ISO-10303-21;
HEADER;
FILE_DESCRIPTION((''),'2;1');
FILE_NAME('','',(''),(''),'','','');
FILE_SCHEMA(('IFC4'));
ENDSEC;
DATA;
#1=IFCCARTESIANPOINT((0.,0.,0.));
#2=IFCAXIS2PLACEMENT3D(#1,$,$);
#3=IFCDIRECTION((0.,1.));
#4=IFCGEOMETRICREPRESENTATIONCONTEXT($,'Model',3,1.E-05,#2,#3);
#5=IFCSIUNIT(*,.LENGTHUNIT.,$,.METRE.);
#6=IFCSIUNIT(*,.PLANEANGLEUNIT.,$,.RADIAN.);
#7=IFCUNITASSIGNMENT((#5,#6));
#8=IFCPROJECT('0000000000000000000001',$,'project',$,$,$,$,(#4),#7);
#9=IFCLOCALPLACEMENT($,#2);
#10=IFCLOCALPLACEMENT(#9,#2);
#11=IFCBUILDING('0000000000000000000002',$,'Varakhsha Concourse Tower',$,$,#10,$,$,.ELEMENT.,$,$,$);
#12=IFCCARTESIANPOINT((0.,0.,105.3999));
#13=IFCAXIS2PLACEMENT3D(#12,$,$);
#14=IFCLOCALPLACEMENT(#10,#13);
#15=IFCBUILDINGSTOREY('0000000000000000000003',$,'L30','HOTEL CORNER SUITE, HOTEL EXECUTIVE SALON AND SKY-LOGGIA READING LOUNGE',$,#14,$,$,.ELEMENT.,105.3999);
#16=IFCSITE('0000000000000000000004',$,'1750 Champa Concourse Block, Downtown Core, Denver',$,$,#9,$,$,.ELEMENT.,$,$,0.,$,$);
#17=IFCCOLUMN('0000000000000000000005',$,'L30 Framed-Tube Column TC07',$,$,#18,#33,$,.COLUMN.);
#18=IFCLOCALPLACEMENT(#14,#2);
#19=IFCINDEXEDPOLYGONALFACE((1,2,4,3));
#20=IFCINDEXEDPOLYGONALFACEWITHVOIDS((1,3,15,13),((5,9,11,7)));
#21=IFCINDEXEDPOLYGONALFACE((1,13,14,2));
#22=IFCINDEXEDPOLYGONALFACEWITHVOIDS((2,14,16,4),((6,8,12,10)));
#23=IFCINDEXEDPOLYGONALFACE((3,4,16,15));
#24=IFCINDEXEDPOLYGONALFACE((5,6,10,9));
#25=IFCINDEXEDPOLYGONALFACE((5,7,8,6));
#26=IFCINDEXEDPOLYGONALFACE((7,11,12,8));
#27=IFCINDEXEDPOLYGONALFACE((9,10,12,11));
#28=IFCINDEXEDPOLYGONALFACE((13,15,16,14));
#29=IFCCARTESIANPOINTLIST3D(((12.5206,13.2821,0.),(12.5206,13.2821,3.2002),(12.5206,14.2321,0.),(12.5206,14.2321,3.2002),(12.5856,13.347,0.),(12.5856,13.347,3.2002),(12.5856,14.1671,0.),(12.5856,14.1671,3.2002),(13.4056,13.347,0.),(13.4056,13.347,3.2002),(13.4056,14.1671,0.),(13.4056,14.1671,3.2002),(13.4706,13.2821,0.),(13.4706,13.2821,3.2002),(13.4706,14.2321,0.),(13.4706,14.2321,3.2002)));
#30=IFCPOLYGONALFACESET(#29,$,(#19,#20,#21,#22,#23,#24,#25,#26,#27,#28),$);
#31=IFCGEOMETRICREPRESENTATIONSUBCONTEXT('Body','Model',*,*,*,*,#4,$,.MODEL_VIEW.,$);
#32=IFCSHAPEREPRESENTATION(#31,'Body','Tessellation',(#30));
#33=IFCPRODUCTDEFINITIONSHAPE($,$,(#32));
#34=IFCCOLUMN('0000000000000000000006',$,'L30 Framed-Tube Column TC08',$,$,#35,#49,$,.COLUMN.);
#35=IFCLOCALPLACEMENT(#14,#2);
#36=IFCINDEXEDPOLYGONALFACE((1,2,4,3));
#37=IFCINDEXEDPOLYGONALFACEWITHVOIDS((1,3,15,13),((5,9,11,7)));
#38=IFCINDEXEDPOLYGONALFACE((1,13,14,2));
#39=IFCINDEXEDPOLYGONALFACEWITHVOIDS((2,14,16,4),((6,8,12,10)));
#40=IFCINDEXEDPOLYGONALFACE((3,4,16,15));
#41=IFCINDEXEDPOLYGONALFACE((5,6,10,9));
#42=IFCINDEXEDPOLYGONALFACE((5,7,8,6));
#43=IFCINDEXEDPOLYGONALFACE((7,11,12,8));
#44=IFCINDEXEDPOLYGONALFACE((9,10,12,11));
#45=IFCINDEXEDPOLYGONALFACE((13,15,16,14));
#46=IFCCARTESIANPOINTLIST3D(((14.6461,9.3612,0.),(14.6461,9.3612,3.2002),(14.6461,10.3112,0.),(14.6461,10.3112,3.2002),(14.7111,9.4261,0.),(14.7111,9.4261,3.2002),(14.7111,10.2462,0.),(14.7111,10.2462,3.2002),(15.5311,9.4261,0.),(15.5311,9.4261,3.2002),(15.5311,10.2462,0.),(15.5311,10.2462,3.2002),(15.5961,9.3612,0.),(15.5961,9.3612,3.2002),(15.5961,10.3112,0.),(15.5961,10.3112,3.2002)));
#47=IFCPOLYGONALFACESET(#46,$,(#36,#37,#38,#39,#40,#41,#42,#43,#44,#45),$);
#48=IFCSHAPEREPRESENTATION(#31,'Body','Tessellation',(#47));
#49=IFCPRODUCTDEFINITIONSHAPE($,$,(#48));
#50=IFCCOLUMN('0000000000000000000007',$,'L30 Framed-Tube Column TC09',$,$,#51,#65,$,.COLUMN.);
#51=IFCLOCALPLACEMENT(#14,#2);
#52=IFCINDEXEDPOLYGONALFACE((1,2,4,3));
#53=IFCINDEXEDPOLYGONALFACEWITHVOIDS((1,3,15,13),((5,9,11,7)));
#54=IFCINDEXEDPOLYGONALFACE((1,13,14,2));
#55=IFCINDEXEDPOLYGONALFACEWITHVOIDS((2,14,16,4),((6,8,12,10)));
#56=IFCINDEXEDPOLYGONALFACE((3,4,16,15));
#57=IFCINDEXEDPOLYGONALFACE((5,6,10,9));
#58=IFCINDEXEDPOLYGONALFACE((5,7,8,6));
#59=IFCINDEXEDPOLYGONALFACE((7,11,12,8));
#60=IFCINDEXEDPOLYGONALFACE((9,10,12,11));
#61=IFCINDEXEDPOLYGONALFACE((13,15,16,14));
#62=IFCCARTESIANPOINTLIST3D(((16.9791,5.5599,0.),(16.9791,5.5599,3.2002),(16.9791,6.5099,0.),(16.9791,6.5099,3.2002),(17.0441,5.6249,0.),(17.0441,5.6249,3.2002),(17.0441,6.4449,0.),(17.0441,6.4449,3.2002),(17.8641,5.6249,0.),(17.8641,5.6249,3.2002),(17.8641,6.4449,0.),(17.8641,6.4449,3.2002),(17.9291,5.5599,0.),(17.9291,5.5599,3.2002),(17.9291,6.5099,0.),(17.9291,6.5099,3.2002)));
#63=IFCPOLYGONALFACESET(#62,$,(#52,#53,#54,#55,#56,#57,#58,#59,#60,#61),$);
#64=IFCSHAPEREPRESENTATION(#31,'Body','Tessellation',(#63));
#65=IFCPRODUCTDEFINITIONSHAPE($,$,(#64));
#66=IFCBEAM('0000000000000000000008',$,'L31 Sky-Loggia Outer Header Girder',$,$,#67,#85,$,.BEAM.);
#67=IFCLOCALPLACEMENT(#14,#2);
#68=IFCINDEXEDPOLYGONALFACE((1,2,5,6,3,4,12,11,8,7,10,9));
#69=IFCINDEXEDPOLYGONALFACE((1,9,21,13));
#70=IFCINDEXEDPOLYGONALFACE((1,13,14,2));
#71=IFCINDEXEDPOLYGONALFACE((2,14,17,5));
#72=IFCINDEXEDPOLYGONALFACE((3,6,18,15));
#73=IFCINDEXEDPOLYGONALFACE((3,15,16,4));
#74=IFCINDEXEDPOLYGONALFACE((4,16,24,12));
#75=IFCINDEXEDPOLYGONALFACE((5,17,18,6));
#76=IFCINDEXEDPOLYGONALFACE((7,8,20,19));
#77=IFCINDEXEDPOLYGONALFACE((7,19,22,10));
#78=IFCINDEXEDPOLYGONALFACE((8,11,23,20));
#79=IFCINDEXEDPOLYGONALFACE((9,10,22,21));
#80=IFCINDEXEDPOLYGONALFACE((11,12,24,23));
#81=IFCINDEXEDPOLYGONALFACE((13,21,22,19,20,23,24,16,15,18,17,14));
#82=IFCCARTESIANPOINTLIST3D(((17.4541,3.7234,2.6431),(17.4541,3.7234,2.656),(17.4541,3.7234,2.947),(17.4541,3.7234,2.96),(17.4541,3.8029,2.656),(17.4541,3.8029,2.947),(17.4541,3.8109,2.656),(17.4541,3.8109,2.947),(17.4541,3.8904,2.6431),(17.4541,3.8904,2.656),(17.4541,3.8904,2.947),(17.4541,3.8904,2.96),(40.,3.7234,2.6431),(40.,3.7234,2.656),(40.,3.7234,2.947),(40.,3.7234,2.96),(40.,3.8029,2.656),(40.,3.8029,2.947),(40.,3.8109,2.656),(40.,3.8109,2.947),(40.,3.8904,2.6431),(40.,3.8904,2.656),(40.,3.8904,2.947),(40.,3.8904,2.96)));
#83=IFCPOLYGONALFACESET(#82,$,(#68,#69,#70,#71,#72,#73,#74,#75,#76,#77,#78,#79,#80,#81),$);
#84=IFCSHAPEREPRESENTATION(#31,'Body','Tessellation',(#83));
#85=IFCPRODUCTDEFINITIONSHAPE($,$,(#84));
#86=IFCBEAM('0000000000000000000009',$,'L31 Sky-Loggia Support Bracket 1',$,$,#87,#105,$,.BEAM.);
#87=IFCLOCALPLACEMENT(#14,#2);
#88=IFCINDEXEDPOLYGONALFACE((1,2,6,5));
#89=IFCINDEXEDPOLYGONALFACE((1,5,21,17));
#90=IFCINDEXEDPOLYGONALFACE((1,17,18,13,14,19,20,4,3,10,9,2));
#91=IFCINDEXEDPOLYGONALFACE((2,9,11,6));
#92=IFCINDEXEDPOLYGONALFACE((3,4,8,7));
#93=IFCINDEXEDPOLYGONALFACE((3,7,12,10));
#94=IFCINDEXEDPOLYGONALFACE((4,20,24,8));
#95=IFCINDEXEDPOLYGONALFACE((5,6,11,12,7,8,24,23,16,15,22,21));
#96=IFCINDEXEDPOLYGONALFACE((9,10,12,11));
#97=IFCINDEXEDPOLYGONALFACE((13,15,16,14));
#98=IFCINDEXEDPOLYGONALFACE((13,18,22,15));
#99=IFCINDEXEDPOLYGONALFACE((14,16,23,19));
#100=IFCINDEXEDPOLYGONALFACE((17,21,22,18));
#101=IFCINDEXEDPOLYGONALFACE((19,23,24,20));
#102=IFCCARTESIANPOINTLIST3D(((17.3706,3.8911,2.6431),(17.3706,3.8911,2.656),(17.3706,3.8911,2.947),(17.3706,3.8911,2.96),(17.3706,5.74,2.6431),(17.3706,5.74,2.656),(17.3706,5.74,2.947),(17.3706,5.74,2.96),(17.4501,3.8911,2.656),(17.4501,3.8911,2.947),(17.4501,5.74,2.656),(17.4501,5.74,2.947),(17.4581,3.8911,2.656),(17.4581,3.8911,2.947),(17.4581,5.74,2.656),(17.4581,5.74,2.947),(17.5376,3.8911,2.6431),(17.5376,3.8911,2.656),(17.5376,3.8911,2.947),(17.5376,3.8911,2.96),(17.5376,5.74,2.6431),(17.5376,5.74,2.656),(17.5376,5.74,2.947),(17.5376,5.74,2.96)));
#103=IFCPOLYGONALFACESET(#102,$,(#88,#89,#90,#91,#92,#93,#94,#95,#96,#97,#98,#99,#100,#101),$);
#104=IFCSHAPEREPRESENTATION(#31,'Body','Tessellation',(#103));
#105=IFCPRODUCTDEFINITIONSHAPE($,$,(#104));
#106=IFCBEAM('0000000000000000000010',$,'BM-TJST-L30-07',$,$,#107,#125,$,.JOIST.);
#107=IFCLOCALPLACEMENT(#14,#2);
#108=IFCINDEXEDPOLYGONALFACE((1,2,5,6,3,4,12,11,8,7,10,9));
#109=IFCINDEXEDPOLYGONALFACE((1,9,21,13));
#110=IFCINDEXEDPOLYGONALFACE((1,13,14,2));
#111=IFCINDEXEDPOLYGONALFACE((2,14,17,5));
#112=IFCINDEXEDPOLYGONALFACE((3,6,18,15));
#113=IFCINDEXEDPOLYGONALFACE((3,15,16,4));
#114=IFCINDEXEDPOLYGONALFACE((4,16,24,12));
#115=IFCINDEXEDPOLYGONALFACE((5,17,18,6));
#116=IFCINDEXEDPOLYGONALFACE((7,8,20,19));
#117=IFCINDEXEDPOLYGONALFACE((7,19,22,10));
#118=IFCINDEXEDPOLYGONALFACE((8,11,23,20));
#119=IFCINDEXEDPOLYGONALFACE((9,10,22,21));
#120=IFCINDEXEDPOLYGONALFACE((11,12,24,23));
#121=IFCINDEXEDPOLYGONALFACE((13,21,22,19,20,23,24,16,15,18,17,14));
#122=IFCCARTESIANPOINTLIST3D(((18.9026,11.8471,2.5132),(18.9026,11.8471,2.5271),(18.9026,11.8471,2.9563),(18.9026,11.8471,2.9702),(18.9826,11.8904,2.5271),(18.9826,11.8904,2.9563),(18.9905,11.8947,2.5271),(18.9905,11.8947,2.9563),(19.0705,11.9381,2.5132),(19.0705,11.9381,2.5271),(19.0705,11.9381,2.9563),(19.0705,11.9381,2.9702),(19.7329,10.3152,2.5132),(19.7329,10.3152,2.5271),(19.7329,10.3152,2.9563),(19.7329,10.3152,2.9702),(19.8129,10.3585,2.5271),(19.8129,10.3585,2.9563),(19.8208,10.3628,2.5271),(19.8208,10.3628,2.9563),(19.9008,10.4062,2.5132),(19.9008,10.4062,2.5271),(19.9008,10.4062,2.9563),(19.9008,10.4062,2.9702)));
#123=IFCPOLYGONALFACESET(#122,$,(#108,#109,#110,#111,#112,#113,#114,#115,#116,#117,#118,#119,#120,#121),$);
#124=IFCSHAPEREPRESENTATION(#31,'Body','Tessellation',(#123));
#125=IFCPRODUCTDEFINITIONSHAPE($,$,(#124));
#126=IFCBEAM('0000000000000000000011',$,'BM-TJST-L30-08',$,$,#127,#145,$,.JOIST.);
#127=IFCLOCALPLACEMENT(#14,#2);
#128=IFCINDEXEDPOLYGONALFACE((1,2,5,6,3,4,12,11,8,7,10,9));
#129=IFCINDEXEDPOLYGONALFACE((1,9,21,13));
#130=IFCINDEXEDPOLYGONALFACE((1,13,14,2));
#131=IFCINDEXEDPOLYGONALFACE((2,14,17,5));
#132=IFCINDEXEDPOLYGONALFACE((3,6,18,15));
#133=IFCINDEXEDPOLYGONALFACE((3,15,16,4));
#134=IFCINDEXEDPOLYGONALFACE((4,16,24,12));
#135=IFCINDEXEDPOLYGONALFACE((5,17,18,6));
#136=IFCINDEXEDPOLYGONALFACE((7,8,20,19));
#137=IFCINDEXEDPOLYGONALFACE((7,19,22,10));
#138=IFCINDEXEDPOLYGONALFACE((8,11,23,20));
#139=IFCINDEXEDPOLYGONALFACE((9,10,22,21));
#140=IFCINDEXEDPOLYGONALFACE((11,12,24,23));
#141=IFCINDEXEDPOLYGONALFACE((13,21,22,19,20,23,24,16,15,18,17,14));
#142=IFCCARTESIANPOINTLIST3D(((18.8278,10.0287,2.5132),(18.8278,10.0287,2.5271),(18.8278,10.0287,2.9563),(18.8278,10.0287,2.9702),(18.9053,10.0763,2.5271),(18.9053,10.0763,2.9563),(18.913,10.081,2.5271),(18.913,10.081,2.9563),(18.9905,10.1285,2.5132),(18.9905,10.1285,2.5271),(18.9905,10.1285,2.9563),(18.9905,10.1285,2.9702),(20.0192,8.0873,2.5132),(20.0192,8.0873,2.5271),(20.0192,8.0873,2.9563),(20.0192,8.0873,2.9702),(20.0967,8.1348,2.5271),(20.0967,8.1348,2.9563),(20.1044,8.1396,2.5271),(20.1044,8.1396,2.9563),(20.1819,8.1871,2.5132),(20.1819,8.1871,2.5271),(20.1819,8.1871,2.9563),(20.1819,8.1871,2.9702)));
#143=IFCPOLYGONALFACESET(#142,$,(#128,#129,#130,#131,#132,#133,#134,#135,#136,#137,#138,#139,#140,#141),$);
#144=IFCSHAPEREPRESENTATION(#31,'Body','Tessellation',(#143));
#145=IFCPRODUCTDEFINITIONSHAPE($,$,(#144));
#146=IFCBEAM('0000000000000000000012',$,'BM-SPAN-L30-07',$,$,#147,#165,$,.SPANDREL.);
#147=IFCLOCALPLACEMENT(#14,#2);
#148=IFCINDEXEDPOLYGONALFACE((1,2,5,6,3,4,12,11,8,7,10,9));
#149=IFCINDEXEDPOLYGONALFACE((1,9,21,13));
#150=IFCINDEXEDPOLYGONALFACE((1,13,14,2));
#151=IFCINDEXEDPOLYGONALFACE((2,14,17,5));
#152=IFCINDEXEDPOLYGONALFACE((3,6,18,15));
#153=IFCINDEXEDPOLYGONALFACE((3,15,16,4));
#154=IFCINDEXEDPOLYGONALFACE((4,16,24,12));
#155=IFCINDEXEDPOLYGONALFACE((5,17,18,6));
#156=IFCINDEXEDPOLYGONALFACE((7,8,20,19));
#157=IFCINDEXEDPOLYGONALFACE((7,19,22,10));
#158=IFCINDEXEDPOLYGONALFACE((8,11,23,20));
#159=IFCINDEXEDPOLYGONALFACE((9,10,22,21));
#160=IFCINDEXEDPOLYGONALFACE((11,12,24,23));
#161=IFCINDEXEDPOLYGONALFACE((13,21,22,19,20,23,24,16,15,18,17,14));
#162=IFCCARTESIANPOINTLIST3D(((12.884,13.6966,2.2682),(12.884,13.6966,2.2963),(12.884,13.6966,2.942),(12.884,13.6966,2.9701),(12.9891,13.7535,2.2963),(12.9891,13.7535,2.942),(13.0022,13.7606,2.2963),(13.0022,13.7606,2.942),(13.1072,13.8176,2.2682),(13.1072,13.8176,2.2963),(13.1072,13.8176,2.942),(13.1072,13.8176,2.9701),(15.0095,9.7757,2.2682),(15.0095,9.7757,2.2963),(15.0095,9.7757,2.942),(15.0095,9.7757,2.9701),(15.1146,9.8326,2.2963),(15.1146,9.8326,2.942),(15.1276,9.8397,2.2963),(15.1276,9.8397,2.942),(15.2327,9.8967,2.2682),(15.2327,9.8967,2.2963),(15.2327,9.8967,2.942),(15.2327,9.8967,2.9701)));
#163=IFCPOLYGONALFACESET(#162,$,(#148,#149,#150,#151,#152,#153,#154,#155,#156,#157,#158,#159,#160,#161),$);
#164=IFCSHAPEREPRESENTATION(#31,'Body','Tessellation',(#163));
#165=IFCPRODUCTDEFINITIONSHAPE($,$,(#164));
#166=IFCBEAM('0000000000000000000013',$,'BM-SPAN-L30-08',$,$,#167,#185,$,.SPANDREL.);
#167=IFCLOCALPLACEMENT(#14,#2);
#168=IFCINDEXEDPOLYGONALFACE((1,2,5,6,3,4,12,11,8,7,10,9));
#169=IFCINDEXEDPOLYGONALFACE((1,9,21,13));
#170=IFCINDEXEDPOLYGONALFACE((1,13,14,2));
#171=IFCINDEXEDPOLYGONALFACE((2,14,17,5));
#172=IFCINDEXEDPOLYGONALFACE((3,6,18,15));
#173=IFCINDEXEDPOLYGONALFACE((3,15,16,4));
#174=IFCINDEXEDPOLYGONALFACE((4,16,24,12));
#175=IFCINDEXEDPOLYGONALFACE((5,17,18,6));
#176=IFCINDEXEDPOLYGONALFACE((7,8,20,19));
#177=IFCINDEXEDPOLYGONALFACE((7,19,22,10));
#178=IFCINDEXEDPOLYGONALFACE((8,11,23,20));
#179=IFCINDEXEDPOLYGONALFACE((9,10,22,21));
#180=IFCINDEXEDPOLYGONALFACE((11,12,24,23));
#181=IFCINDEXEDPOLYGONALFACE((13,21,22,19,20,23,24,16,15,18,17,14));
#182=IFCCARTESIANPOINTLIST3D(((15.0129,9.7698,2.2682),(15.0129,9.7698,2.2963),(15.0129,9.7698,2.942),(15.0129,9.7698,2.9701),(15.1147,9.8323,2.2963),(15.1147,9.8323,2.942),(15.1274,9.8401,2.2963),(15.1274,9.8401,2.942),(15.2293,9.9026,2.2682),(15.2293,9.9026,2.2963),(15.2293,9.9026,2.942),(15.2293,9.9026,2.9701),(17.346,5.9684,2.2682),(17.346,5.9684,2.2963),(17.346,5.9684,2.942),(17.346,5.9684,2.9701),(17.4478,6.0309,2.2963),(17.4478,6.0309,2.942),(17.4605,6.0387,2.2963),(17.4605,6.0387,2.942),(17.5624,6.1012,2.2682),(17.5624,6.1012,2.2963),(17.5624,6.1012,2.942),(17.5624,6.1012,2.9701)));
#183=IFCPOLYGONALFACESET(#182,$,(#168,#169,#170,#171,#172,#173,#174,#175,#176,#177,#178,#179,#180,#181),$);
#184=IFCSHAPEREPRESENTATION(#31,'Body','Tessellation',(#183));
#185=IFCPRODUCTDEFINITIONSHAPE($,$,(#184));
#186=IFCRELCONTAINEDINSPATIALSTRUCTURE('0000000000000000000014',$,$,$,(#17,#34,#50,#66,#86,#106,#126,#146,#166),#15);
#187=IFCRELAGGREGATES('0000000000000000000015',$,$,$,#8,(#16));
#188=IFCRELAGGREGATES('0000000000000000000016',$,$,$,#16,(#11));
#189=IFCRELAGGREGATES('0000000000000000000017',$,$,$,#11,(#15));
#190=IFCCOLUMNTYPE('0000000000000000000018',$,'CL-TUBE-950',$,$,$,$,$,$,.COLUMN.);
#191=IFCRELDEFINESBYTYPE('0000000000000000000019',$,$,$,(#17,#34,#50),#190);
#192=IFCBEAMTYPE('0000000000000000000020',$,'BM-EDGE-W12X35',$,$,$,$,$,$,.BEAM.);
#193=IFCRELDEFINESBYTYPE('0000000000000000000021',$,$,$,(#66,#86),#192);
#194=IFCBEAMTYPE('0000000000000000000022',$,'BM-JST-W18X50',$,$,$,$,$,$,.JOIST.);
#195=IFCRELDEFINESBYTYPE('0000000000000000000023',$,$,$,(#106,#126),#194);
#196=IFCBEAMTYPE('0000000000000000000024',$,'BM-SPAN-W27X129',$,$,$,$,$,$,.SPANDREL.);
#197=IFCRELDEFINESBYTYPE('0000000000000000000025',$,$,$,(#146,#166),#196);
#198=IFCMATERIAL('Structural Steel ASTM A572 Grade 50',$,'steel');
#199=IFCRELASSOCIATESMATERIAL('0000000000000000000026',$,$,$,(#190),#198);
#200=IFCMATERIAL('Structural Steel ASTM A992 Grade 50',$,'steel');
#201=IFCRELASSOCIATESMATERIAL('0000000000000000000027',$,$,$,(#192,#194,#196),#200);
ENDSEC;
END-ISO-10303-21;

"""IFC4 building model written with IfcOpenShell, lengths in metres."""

from ifc_helpers import new_model, si_unit, direction, frame, origin, origin_2d, place, context, subcontext, project, spatial, hollow_rectangle, i_section, extrude, material, material_profile, profile_set, type_object, element, save


model = new_model("IFC4")

# Units and contexts
model_context = context("Model", 3, precision=1e-05, world=origin(), true_north=direction((0.0, 1.0)))
body_context = subcontext(model_context, "Body", "Model", "MODEL_VIEW")
ifc_project = project(units=[si_unit("LENGTHUNIT", "METRE"), si_unit("PLANEANGLEUNIT", "RADIAN")], contexts=[model_context])

# Site, building, storey
site_placement = place(None, origin())
site = spatial("IfcSite", under=ifc_project, at=site_placement, Name="1750 Champa Concourse Block, Downtown Core, Denver", CompositionType="ELEMENT", RefElevation=0.0)
building_placement = place(site_placement, origin())
building = spatial("IfcBuilding", under=site, at=building_placement, Name="Varakhsha Concourse Tower", CompositionType="ELEMENT")
storey_placement = place(building_placement, frame((0.0, 0.0, 105.3999)))
storey = spatial("IfcBuildingStorey", under=building, at=storey_placement, Name="L30", Description="HOTEL CORNER SUITE, HOTEL EXECUTIVE SALON AND SKY-LOGGIA READING LOUNGE", CompositionType="ELEMENT", Elevation=105.3999)

# Columns
ifc_material_1 = material(Name="Structural Steel ASTM A572 Grade 50", Category="steel")
ifc_material_profile_1 = material_profile(ifc_material_1, hollow_rectangle(XDim=0.95, YDim=0.95, WallThickness=0.0649, at=origin_2d()), Name="BOX 950x950x65")
ifc_profile_set_1 = profile_set([ifc_material_profile_1], Name="Structural Steel ASTM A572 Grade 50")
column_type = type_object("IfcColumnType", Name="CL-TUBE-950", PredefinedType="COLUMN", material=ifc_profile_set_1)
for number, where, z_axis, x_axis, name in (
    (1, (12.9956, 13.7571, 0.0), (0.0, 0.0, 1.0), (1.0, 0.0, 0.0), "L30 Framed-Tube Column TC07"),
    (2, (15.1211, 9.8362, 0.0), (0.0, 0.0, 1.0), (1.0, 0.0, 0.0), "L30 Framed-Tube Column TC08"),
    (3, (17.4541, 6.0349, 0.0), (0.0, 0.0, 1.0), (1.0, 0.0, 0.0), "L30 Framed-Tube Column TC09"),
):
    element("IfcColumn", number, at=place(storey_placement, frame(where, z_axis=z_axis, x_axis=x_axis)), inside=storey, type_object=column_type, Name=name, PredefinedType="COLUMN", context=body_context, shape_type="SweptSolid", body=[
        extrude(hollow_rectangle(XDim=0.95, YDim=0.95, WallThickness=0.0649, at=origin_2d()), origin(), (0.0, 0.0, 1.0), 3.2002),
    ])

# Beams
ifc_material_2 = material(Name="Structural Steel ASTM A992 Grade 50", Category="steel")
ifc_material_profile_2 = material_profile(ifc_material_2, i_section(OverallWidth=0.167, OverallDepth=0.3169, WebThickness=0.0081, FlangeThickness=0.0129, at=origin_2d()), Name="W12X35")
ifc_profile_set_2 = profile_set([ifc_material_profile_2], Name="Structural Steel ASTM A992 Grade 50")
beam_type_1 = type_object("IfcBeamType", Name="BM-EDGE-W12X35", PredefinedType="BEAM", material=ifc_profile_set_2)
beam_1_placement = place(storey_placement, frame((17.4541, 3.8069, 2.8015), z_axis=(1.0, 0.0, 0.0), x_axis=(0.0, 1.0, 0.0)))
element("IfcBeam", 4, at=beam_1_placement, inside=storey, type_object=beam_type_1, Name="L31 Sky-Loggia Outer Header Girder", PredefinedType="BEAM", context=body_context, shape_type="SweptSolid", body=[
    extrude(i_section(OverallWidth=0.167, OverallDepth=0.3169, WebThickness=0.0081, FlangeThickness=0.0129, at=origin_2d()), origin(), (0.0, 0.0, 1.0), 22.5459),
])
beam_2_placement = place(storey_placement, frame((17.4541, 5.74, 2.8015), z_axis=(0.0, -1.0, 0.0), x_axis=(1.0, 0.0, 0.0)))
element("IfcBeam", 5, at=beam_2_placement, inside=storey, type_object=beam_type_1, Name="L31 Sky-Loggia Support Bracket 1", PredefinedType="BEAM", context=body_context, shape_type="SweptSolid", body=[
    extrude(i_section(OverallWidth=0.167, OverallDepth=0.3169, WebThickness=0.0081, FlangeThickness=0.0129, at=origin_2d()), origin(), (0.0, 0.0, 1.0), 1.8489),
])
ifc_material_profile_3 = material_profile(ifc_material_2, i_section(OverallWidth=0.1909, OverallDepth=0.457, WebThickness=0.009, FlangeThickness=0.0139, at=origin_2d()), Name="W18X50")
ifc_profile_set_3 = profile_set([ifc_material_profile_3], Name="Structural Steel ASTM A992 Grade 50")
beam_type_2 = type_object("IfcBeamType", Name="BM-JST-W18X50", PredefinedType="JOIST", material=ifc_profile_set_3)
beam_3_placement = place(storey_placement, frame((18.9866, 11.8926, 2.7417), z_axis=(0.476504, -0.879172, 0.0), x_axis=(0.879172, 0.476504, 0.0)))
element("IfcBeam", 6, at=beam_3_placement, inside=storey, type_object=beam_type_2, Name="BM-TJST-L30-07", PredefinedType="JOIST", context=body_context, shape_type="SweptSolid", body=[
    extrude(i_section(OverallWidth=0.1909, OverallDepth=0.457, WebThickness=0.009, FlangeThickness=0.0139, at=origin_2d()), origin(), (0.0, 0.0, 1.0), 1.7424),
])
beam_4_placement = place(storey_placement, frame((18.9092, 10.0786, 2.7417), z_axis=(0.523045, -0.852305, 0.0), x_axis=(0.852305, 0.523045, 0.0)))
element("IfcBeam", 7, at=beam_4_placement, inside=storey, type_object=beam_type_2, Name="BM-TJST-L30-08", PredefinedType="JOIST", context=body_context, shape_type="SweptSolid", body=[
    extrude(i_section(OverallWidth=0.1909, OverallDepth=0.457, WebThickness=0.009, FlangeThickness=0.0139, at=origin_2d()), origin(), (0.0, 0.0, 1.0), 2.2778),
])
ifc_material_profile_4 = material_profile(ifc_material_2, i_section(OverallWidth=0.2539, OverallDepth=0.7019, WebThickness=0.0149, FlangeThickness=0.0281, at=origin_2d()), Name="W27X129")
ifc_profile_set_4 = profile_set([ifc_material_profile_4], Name="Structural Steel ASTM A992 Grade 50")
beam_type_3 = type_object("IfcBeamType", Name="BM-SPAN-W27X129", PredefinedType="SPANDREL", material=ifc_profile_set_4)
beam_5_placement = place(storey_placement, frame((12.9956, 13.7571, 2.6191), z_axis=(0.476572, -0.879135, 0.0), x_axis=(0.879135, 0.476572, 0.0)))
element("IfcBeam", 8, at=beam_5_placement, inside=storey, type_object=beam_type_3, Name="BM-SPAN-L30-07", PredefinedType="SPANDREL", context=body_context, shape_type="SweptSolid", body=[
    extrude(i_section(OverallWidth=0.2539, OverallDepth=0.7019, WebThickness=0.0149, FlangeThickness=0.0281, at=origin_2d()), origin(), (0.0, 0.0, 1.0), 4.46),
])
beam_6_placement = place(storey_placement, frame((15.1211, 9.8362, 2.6191), z_axis=(0.523083, -0.852282, 0.0), x_axis=(0.852282, 0.523083, 0.0)))
element("IfcBeam", 9, at=beam_6_placement, inside=storey, type_object=beam_type_3, Name="BM-SPAN-L30-08", PredefinedType="SPANDREL", context=body_context, shape_type="SweptSolid", body=[
    extrude(i_section(OverallWidth=0.2539, OverallDepth=0.7019, WebThickness=0.0149, FlangeThickness=0.0281, at=origin_2d()), origin(), (0.0, 0.0, 1.0), 4.4602),
])

save(model, "model.ifc")
